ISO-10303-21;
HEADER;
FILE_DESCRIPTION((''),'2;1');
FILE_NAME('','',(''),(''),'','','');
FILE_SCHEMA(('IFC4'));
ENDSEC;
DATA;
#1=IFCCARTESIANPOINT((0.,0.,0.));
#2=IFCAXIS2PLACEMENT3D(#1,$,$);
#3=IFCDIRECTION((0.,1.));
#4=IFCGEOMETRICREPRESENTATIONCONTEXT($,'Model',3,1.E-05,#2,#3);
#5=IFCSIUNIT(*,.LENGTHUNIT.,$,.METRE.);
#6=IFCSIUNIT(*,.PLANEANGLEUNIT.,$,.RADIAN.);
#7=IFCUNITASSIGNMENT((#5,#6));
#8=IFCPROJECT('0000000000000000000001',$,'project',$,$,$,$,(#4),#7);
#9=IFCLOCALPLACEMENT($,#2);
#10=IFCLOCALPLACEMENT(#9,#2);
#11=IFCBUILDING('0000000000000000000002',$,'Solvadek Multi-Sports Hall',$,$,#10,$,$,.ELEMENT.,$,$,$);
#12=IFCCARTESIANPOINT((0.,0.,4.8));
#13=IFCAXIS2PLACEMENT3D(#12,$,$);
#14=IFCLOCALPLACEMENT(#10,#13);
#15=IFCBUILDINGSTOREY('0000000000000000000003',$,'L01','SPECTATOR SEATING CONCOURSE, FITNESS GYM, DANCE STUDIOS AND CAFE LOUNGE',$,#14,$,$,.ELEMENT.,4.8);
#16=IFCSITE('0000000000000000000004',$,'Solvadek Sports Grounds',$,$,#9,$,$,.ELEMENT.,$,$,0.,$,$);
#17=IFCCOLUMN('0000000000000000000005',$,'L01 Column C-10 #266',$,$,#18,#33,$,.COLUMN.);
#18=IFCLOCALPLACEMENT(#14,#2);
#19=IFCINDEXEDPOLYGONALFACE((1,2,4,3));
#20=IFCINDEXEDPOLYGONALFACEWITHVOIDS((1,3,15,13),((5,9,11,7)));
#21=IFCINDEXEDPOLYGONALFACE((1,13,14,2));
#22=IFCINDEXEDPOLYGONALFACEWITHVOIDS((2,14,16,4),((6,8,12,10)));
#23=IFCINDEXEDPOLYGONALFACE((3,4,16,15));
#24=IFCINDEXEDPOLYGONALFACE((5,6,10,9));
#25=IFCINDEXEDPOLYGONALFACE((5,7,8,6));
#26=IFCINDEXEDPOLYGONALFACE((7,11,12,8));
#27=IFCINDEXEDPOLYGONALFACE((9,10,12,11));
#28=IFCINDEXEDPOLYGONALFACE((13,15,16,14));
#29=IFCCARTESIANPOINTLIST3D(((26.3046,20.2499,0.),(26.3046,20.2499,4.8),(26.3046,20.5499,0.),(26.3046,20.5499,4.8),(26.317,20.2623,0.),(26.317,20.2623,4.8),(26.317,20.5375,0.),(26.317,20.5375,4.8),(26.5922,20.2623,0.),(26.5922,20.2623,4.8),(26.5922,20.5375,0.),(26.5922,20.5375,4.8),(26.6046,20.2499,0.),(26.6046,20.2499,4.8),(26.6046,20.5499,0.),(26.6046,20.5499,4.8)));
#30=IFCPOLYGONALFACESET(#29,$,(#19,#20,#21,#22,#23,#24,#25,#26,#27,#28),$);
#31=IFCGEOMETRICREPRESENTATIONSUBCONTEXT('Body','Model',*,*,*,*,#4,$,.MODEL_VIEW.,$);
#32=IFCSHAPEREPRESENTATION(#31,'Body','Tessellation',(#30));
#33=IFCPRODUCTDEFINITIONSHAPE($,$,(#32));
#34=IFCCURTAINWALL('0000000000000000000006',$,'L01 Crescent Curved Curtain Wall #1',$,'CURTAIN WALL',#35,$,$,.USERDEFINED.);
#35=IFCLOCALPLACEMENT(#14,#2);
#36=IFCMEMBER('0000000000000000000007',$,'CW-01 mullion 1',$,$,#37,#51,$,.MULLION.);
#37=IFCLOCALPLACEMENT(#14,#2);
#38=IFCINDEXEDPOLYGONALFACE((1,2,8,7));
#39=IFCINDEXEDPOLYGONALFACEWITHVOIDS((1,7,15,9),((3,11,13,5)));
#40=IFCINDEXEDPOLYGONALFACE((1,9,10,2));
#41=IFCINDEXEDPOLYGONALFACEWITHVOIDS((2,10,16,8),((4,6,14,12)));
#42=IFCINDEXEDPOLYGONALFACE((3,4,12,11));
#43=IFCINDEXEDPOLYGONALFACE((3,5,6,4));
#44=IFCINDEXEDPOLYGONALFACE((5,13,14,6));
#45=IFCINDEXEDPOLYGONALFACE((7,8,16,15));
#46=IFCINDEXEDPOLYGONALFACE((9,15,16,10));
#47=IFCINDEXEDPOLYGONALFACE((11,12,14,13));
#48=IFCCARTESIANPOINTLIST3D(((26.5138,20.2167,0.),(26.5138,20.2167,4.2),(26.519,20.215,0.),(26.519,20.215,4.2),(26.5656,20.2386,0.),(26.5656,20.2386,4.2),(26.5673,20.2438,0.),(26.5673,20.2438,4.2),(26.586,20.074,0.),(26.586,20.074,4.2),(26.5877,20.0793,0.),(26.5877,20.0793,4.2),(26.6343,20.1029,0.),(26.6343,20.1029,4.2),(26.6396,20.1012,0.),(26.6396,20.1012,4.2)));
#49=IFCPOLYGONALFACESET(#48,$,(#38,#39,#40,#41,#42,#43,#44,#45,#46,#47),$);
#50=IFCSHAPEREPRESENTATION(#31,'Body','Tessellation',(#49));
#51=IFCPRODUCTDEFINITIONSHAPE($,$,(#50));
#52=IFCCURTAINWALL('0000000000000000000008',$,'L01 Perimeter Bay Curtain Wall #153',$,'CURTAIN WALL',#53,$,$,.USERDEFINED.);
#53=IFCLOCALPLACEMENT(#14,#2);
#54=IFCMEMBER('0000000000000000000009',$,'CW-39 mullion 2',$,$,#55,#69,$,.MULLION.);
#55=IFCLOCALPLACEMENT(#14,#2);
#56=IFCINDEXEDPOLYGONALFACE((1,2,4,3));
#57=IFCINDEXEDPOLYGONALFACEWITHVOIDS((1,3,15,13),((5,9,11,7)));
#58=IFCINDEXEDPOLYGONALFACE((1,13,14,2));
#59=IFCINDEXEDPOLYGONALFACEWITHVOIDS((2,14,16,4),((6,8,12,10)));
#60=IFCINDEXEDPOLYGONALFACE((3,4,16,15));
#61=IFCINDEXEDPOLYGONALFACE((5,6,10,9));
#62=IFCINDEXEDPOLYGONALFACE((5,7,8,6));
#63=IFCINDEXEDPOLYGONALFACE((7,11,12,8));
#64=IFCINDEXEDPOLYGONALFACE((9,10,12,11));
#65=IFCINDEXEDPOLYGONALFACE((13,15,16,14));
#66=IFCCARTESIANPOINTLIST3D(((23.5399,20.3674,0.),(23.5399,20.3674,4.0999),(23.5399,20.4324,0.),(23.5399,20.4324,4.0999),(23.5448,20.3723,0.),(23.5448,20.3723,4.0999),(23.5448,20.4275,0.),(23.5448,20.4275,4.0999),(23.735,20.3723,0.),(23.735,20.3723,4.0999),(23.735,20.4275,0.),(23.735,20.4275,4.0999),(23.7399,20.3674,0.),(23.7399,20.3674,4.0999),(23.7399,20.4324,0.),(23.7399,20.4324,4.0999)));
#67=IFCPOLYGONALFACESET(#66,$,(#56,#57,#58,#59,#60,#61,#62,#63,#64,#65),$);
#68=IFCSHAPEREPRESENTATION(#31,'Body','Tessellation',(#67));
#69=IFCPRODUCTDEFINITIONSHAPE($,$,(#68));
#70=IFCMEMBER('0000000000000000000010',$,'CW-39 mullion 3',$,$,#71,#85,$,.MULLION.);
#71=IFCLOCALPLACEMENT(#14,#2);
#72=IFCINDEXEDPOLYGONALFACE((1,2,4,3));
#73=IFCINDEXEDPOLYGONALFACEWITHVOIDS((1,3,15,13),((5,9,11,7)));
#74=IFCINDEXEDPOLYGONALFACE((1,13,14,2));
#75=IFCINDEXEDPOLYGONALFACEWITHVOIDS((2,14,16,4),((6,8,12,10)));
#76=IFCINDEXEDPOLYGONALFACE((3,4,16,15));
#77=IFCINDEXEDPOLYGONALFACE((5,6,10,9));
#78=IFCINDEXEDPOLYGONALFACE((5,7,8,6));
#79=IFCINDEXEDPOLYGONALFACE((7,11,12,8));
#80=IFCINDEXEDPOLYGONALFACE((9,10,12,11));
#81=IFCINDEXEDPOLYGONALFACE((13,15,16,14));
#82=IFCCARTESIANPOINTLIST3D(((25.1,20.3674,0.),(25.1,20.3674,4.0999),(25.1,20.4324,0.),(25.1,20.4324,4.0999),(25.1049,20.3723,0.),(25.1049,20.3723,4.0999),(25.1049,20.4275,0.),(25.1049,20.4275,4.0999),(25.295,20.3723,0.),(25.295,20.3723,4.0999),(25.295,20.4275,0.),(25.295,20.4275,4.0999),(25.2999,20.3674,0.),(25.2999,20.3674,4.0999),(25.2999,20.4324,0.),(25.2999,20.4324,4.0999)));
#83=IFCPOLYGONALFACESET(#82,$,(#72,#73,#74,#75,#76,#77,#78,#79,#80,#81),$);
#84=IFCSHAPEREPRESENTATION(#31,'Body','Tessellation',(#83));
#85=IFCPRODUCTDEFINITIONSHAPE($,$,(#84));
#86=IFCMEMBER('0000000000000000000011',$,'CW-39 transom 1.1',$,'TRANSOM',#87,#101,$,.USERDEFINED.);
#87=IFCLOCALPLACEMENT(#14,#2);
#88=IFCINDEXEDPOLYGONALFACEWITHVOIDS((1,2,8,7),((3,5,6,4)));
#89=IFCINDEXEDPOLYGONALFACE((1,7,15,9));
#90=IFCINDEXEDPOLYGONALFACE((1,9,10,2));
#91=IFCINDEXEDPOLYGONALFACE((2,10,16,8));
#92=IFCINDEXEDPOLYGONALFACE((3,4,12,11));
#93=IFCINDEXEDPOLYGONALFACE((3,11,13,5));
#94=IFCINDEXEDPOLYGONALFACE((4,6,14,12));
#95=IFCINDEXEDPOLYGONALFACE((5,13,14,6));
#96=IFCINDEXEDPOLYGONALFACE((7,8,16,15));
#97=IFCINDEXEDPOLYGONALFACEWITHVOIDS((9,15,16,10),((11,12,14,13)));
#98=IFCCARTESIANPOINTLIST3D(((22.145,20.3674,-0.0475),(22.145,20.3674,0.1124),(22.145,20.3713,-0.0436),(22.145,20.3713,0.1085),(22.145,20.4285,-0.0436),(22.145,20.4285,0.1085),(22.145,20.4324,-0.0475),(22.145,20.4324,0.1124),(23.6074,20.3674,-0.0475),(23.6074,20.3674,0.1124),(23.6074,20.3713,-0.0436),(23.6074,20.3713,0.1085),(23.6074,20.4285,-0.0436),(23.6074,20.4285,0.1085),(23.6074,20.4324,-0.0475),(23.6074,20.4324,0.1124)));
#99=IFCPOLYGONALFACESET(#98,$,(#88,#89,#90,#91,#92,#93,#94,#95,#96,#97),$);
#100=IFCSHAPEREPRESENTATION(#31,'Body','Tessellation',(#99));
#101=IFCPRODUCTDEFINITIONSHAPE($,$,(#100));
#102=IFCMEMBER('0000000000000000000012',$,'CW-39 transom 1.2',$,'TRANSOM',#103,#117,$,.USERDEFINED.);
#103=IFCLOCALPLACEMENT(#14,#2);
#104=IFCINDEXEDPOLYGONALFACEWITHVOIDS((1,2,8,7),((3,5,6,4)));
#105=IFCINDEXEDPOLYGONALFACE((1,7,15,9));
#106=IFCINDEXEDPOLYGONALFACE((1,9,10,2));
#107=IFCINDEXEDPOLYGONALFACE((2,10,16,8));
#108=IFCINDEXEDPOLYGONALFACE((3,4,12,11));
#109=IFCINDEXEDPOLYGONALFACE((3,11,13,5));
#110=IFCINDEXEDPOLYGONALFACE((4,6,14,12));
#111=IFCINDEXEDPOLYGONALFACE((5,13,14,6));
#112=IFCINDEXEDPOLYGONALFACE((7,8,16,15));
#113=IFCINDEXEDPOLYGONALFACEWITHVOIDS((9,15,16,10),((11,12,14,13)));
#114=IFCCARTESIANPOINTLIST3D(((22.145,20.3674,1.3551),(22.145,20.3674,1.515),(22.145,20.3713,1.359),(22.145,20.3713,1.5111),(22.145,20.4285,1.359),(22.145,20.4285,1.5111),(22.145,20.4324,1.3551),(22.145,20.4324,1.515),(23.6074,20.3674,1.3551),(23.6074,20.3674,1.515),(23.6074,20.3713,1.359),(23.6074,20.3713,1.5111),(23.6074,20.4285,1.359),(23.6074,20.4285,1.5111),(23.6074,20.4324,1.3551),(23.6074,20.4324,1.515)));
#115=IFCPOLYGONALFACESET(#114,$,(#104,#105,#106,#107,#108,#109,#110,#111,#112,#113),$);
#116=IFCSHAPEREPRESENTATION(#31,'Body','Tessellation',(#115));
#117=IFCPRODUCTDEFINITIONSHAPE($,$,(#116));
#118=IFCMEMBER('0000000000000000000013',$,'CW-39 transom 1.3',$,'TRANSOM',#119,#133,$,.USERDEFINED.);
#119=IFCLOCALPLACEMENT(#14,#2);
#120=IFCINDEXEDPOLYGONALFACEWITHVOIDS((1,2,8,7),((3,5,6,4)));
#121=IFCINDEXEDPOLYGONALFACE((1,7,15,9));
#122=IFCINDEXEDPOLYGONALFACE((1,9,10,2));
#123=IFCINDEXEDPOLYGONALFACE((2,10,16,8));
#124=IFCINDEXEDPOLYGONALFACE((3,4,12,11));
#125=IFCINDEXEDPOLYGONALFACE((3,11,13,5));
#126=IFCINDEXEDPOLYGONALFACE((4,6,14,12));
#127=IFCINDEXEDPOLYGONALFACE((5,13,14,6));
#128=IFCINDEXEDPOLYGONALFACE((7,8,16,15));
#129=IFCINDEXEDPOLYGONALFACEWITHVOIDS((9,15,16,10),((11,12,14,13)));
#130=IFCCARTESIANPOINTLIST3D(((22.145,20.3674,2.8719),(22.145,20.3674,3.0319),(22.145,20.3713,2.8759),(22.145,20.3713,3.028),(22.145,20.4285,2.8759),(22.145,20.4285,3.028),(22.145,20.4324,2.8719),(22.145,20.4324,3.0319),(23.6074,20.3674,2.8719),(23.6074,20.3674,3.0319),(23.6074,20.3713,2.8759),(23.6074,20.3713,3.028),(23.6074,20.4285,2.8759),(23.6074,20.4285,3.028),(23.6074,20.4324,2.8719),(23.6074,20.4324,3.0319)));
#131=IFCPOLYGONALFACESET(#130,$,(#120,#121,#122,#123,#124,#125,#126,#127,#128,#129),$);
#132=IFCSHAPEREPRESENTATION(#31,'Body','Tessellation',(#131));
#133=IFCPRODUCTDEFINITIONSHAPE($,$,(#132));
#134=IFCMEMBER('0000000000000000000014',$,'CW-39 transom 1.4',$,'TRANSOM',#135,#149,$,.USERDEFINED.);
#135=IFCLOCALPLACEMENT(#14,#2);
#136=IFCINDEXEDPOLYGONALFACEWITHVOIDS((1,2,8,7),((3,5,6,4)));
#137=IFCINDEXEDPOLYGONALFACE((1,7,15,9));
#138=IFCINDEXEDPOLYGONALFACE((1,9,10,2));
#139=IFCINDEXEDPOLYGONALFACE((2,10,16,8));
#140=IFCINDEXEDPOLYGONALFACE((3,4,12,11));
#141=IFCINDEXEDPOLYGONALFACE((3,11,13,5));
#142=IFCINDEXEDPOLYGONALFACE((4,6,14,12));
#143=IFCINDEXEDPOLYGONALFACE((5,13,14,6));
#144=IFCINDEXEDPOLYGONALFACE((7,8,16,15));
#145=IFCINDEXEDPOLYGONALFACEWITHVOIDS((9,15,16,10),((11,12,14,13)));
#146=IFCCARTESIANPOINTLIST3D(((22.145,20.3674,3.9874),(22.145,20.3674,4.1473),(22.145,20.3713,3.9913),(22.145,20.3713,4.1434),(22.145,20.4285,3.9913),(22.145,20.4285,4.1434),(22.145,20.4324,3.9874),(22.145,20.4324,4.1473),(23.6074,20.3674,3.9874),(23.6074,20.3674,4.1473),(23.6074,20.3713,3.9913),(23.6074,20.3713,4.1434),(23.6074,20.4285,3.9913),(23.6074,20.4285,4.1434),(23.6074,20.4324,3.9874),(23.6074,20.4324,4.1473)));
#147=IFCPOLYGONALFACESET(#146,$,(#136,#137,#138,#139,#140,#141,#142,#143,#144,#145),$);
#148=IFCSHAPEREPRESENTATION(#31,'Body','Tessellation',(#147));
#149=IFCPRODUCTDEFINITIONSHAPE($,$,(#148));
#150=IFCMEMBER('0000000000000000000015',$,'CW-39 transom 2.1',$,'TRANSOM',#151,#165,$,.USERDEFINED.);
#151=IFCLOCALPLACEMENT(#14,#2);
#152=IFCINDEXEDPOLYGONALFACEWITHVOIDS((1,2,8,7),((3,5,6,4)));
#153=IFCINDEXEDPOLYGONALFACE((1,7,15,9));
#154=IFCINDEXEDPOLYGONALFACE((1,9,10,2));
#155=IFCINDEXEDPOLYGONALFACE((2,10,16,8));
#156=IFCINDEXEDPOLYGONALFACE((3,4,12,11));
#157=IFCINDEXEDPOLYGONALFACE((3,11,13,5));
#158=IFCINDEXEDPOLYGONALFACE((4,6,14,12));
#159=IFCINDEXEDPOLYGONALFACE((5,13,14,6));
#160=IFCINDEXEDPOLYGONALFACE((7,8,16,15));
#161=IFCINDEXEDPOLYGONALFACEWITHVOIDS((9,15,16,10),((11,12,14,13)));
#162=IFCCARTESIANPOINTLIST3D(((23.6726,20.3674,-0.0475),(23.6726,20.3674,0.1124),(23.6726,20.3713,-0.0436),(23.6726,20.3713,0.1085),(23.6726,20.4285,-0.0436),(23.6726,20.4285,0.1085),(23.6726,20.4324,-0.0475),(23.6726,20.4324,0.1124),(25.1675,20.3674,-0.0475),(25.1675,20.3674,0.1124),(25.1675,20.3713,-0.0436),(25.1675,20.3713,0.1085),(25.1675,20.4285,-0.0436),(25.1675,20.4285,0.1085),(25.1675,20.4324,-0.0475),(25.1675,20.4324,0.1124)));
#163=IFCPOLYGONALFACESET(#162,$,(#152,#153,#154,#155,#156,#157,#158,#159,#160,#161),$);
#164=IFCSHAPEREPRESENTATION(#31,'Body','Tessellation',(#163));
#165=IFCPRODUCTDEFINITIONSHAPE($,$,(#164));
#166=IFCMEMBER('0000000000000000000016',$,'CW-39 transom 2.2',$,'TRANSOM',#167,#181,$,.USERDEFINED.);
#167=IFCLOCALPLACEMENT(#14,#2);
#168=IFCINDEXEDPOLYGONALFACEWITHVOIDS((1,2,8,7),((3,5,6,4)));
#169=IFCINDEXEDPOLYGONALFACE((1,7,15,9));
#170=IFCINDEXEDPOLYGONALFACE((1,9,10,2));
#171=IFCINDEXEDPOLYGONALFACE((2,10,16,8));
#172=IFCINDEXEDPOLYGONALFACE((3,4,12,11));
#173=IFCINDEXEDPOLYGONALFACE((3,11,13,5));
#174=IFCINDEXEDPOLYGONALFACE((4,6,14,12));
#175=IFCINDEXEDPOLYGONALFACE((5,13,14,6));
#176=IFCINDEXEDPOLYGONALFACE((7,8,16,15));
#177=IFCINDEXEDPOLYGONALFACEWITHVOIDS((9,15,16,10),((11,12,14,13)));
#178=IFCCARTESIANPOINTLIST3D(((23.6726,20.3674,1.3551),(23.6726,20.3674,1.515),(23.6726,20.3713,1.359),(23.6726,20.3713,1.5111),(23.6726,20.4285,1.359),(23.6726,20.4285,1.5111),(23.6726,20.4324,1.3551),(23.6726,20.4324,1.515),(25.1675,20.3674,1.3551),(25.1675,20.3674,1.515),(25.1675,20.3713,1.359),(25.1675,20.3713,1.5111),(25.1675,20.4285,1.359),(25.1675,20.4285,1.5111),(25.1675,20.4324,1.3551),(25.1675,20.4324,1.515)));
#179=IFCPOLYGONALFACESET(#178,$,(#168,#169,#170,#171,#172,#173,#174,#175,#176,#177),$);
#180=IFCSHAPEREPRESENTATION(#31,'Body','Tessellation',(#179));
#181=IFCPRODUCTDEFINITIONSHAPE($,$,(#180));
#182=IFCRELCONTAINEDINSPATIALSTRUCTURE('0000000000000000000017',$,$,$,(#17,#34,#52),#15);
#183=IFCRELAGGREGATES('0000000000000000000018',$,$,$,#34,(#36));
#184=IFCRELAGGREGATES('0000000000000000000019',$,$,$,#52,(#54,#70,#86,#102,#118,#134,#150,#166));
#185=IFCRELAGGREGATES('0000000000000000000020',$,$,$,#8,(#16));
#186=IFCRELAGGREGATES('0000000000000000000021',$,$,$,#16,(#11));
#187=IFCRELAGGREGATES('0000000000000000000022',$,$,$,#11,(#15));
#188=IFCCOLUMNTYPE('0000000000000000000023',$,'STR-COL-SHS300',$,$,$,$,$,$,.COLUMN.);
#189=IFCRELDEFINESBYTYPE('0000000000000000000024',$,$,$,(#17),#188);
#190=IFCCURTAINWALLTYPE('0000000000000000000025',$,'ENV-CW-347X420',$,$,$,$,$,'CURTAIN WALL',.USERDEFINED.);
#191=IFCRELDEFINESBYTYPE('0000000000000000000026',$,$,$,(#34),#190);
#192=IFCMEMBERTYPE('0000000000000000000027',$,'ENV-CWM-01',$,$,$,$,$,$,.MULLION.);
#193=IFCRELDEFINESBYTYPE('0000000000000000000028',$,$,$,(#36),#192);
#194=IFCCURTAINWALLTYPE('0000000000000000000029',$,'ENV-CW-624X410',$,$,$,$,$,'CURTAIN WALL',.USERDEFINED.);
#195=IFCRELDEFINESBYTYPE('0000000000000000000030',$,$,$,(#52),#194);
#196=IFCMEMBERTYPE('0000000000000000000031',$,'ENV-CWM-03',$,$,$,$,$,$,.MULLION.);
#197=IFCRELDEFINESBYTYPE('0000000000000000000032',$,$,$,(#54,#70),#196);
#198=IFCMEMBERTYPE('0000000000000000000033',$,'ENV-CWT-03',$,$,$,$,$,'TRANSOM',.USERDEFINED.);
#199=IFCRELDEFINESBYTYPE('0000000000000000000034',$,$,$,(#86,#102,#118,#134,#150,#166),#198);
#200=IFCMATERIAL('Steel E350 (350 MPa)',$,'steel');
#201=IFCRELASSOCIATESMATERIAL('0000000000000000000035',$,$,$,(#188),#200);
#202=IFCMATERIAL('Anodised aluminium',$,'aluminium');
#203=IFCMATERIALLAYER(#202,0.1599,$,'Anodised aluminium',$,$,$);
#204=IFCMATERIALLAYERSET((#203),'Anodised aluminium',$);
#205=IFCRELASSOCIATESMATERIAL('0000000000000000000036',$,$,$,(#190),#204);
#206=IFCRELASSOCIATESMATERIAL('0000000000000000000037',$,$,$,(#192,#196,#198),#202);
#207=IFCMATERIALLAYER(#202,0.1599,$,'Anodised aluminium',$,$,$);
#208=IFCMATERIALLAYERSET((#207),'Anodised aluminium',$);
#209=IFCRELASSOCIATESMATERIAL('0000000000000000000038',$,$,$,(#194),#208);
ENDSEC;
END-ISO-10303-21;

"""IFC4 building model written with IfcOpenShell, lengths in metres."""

from ifc_helpers import new_model, si_unit, direction, frame, origin, origin_2d, place, context, subcontext, project, spatial, hollow_rectangle, extrude, material, layer, layer_set, material_profile, profile_set, type_object, element, aggregate, save


model = new_model("IFC4")

# Units and contexts
model_context = context("Model", 3, precision=1e-05, world=origin(), true_north=direction((0.0, 1.0)))
body_context = subcontext(model_context, "Body", "Model", "MODEL_VIEW")
ifc_project = project(units=[si_unit("LENGTHUNIT", "METRE"), si_unit("PLANEANGLEUNIT", "RADIAN")], contexts=[model_context])

# Site, building, storey
site_placement = place(None, origin())
site = spatial("IfcSite", under=ifc_project, at=site_placement, Name="Solvadek Sports Grounds", CompositionType="ELEMENT", RefElevation=0.0)
building_placement = place(site_placement, origin())
building = spatial("IfcBuilding", under=site, at=building_placement, Name="Solvadek Multi-Sports Hall", CompositionType="ELEMENT")
storey_placement = place(building_placement, frame((0.0, 0.0, 4.8)))
storey = spatial("IfcBuildingStorey", under=building, at=storey_placement, Name="L01", Description="SPECTATOR SEATING CONCOURSE, FITNESS GYM, DANCE STUDIOS AND CAFE LOUNGE", CompositionType="ELEMENT", Elevation=4.8)

# Column
ifc_material_1 = material(Name="Steel E350 (350 MPa)", Category="steel")
ifc_material_profile_1 = material_profile(ifc_material_1, hollow_rectangle(XDim=0.3, YDim=0.3, WallThickness=0.0125, at=origin_2d()), Name="SHS 300x300x12.5")
ifc_profile_set_1 = profile_set([ifc_material_profile_1], Name="Steel E350 (350 MPa)")
column_type = type_object("IfcColumnType", Name="STR-COL-SHS300", PredefinedType="COLUMN", material=ifc_profile_set_1)
column_placement = place(storey_placement, frame((26.4546, 20.3999, 0.0), z_axis=(0.0, 0.0, 1.0), x_axis=(1.0, 0.0, 0.0)))
element("IfcColumn", 1, at=column_placement, inside=storey, type_object=column_type, Name="L01 Column C-10 #266", PredefinedType="COLUMN", context=body_context, shape_type="SweptSolid", body=[
    extrude(hollow_rectangle(XDim=0.3, YDim=0.3, WallThickness=0.0125, at=origin_2d()), origin(), (0.0, 0.0, 1.0), 4.8),
])

# Curtain wall, member
ifc_material_2 = material(Name="Anodised aluminium", Category="aluminium")
ifc_layer_1 = layer(ifc_material_2, 0.1599, Name="Anodised aluminium")
ifc_layer_set_1 = layer_set([ifc_layer_1], Name="Anodised aluminium")
curtain_wall_type_1 = type_object("IfcCurtainWallType", Name="ENV-CW-347X420", ElementType="CURTAIN WALL", PredefinedType="USERDEFINED", material=ifc_layer_set_1)
curtain_wall_1_placement = place(storey_placement, origin())
curtain_wall_1 = element("IfcCurtainWall", 2, at=curtain_wall_1_placement, inside=storey, type_object=curtain_wall_type_1, Name="L01 Crescent Curved Curtain Wall #1", ObjectType="CURTAIN WALL", PredefinedType="USERDEFINED")
ifc_material_profile_2 = material_profile(ifc_material_2, hollow_rectangle(XDim=0.0601, YDim=0.1599, WallThickness=0.0039, at=origin_2d()), Name="ALU-M 160x60x4")
ifc_profile_set_2 = profile_set([ifc_material_profile_2], Name="Anodised aluminium")
member_type_1 = type_object("IfcMemberType", Name="ENV-CWM-01", PredefinedType="MULLION", material=ifc_profile_set_2)
member_1_placement = place(storey_placement, frame((26.5767, 20.1589, 0.0), z_axis=(0.0, 0.0, 1.0), x_axis=(0.892241, 0.451559, 0.0)))
member_1 = element("IfcMember", 3, at=member_1_placement, type_object=member_type_1, Name="CW-01 mullion 1", PredefinedType="MULLION", context=body_context, shape_type="SweptSolid", body=[
    extrude(hollow_rectangle(XDim=0.0601, YDim=0.1599, WallThickness=0.0039, at=origin_2d()), origin(), (0.0, 0.0, 1.0), 4.2),
])
aggregate(curtain_wall_1, [member_1])

# Curtain wall, members
ifc_layer_2 = layer(ifc_material_2, 0.1599, Name="Anodised aluminium")
ifc_layer_set_2 = layer_set([ifc_layer_2], Name="Anodised aluminium")
curtain_wall_type_2 = type_object("IfcCurtainWallType", Name="ENV-CW-624X410", ElementType="CURTAIN WALL", PredefinedType="USERDEFINED", material=ifc_layer_set_2)
curtain_wall_2_placement = place(storey_placement, origin())
curtain_wall_2 = element("IfcCurtainWall", 4, at=curtain_wall_2_placement, inside=storey, type_object=curtain_wall_type_2, Name="L01 Perimeter Bay Curtain Wall #153", ObjectType="CURTAIN WALL", PredefinedType="USERDEFINED")
ifc_material_profile_3 = material_profile(ifc_material_2, hollow_rectangle(XDim=0.0649, YDim=0.2, WallThickness=0.0049, at=origin_2d()), Name="ALU-M 200x65x5")
ifc_profile_set_3 = profile_set([ifc_material_profile_3], Name="Anodised aluminium")
member_type_2 = type_object("IfcMemberType", Name="ENV-CWM-03", PredefinedType="MULLION", material=ifc_profile_set_3)
member_2_placement = place(storey_placement, frame((23.6399, 20.3999, 0.0), z_axis=(0.0, 0.0, 1.0), x_axis=(0.0, 1.0, 0.0)))
member_2 = element("IfcMember", 5, at=member_2_placement, type_object=member_type_2, Name="CW-39 mullion 2", PredefinedType="MULLION", context=body_context, shape_type="SweptSolid", body=[
    extrude(hollow_rectangle(XDim=0.0649, YDim=0.2, WallThickness=0.0049, at=origin_2d()), origin(), (0.0, 0.0, 1.0), 4.0999),
])
member_3_placement = place(storey_placement, frame((25.2, 20.3999, 0.0), z_axis=(0.0, 0.0, 1.0), x_axis=(0.0, 1.0, 0.0)))
member_3 = element("IfcMember", 6, at=member_3_placement, type_object=member_type_2, Name="CW-39 mullion 3", PredefinedType="MULLION", context=body_context, shape_type="SweptSolid", body=[
    extrude(hollow_rectangle(XDim=0.0649, YDim=0.2, WallThickness=0.0049, at=origin_2d()), origin(), (0.0, 0.0, 1.0), 4.0999),
])
ifc_material_profile_4 = material_profile(ifc_material_2, hollow_rectangle(XDim=0.0649, YDim=0.1599, WallThickness=0.0039, at=origin_2d()), Name="ALU-T 160x65x4")
ifc_profile_set_4 = profile_set([ifc_material_profile_4], Name="Anodised aluminium")
member_type_3 = type_object("IfcMemberType", Name="ENV-CWT-03", ElementType="TRANSOM", PredefinedType="USERDEFINED", material=ifc_profile_set_4)
member_4_placement = place(storey_placement, frame((22.145, 20.3999, 0.0325), z_axis=(1.0, 0.0, 0.0), x_axis=(0.0, 1.0, 0.0)))
member_4 = element("IfcMember", 7, at=member_4_placement, type_object=member_type_3, Name="CW-39 transom 1.1", ObjectType="TRANSOM", PredefinedType="USERDEFINED", context=body_context, shape_type="SweptSolid", body=[
    extrude(hollow_rectangle(XDim=0.0649, YDim=0.1599, WallThickness=0.0039, at=origin_2d()), origin(), (0.0, 0.0, 1.0), 1.4624),
])
member_5_placement = place(storey_placement, frame((22.145, 20.3999, 1.4351), z_axis=(1.0, 0.0, 0.0), x_axis=(0.0, 1.0, 0.0)))
member_5 = element("IfcMember", 8, at=member_5_placement, type_object=member_type_3, Name="CW-39 transom 1.2", ObjectType="TRANSOM", PredefinedType="USERDEFINED", context=body_context, shape_type="SweptSolid", body=[
    extrude(hollow_rectangle(XDim=0.0649, YDim=0.1599, WallThickness=0.0039, at=origin_2d()), origin(), (0.0, 0.0, 1.0), 1.4624),
])
member_6_placement = place(storey_placement, frame((22.145, 20.3999, 2.9519), z_axis=(1.0, 0.0, 0.0), x_axis=(0.0, 1.0, 0.0)))
member_6 = element("IfcMember", 9, at=member_6_placement, type_object=member_type_3, Name="CW-39 transom 1.3", ObjectType="TRANSOM", PredefinedType="USERDEFINED", context=body_context, shape_type="SweptSolid", body=[
    extrude(hollow_rectangle(XDim=0.0649, YDim=0.1599, WallThickness=0.0039, at=origin_2d()), origin(), (0.0, 0.0, 1.0), 1.4624),
])
member_7_placement = place(storey_placement, frame((22.145, 20.3999, 4.0674), z_axis=(1.0, 0.0, 0.0), x_axis=(0.0, 1.0, 0.0)))
member_7 = element("IfcMember", 10, at=member_7_placement, type_object=member_type_3, Name="CW-39 transom 1.4", ObjectType="TRANSOM", PredefinedType="USERDEFINED", context=body_context, shape_type="SweptSolid", body=[
    extrude(hollow_rectangle(XDim=0.0649, YDim=0.1599, WallThickness=0.0039, at=origin_2d()), origin(), (0.0, 0.0, 1.0), 1.4624),
])
member_8_placement = place(storey_placement, frame((23.6726, 20.3999, 0.0325), z_axis=(1.0, 0.0, 0.0), x_axis=(0.0, 1.0, 0.0)))
member_8 = element("IfcMember", 11, at=member_8_placement, type_object=member_type_3, Name="CW-39 transom 2.1", ObjectType="TRANSOM", PredefinedType="USERDEFINED", context=body_context, shape_type="SweptSolid", body=[
    extrude(hollow_rectangle(XDim=0.0649, YDim=0.1599, WallThickness=0.0039, at=origin_2d()), origin(), (0.0, 0.0, 1.0), 1.4949),
])
member_9_placement = place(storey_placement, frame((23.6726, 20.3999, 1.4351), z_axis=(1.0, 0.0, 0.0), x_axis=(0.0, 1.0, 0.0)))
member_9 = element("IfcMember", 12, at=member_9_placement, type_object=member_type_3, Name="CW-39 transom 2.2", ObjectType="TRANSOM", PredefinedType="USERDEFINED", context=body_context, shape_type="SweptSolid", body=[
    extrude(hollow_rectangle(XDim=0.0649, YDim=0.1599, WallThickness=0.0039, at=origin_2d()), origin(), (0.0, 0.0, 1.0), 1.4949),
])

aggregate(curtain_wall_2, [member_2, member_3, member_4, member_5, member_6, member_7, member_8, member_9])

save(model, "model.ifc")
